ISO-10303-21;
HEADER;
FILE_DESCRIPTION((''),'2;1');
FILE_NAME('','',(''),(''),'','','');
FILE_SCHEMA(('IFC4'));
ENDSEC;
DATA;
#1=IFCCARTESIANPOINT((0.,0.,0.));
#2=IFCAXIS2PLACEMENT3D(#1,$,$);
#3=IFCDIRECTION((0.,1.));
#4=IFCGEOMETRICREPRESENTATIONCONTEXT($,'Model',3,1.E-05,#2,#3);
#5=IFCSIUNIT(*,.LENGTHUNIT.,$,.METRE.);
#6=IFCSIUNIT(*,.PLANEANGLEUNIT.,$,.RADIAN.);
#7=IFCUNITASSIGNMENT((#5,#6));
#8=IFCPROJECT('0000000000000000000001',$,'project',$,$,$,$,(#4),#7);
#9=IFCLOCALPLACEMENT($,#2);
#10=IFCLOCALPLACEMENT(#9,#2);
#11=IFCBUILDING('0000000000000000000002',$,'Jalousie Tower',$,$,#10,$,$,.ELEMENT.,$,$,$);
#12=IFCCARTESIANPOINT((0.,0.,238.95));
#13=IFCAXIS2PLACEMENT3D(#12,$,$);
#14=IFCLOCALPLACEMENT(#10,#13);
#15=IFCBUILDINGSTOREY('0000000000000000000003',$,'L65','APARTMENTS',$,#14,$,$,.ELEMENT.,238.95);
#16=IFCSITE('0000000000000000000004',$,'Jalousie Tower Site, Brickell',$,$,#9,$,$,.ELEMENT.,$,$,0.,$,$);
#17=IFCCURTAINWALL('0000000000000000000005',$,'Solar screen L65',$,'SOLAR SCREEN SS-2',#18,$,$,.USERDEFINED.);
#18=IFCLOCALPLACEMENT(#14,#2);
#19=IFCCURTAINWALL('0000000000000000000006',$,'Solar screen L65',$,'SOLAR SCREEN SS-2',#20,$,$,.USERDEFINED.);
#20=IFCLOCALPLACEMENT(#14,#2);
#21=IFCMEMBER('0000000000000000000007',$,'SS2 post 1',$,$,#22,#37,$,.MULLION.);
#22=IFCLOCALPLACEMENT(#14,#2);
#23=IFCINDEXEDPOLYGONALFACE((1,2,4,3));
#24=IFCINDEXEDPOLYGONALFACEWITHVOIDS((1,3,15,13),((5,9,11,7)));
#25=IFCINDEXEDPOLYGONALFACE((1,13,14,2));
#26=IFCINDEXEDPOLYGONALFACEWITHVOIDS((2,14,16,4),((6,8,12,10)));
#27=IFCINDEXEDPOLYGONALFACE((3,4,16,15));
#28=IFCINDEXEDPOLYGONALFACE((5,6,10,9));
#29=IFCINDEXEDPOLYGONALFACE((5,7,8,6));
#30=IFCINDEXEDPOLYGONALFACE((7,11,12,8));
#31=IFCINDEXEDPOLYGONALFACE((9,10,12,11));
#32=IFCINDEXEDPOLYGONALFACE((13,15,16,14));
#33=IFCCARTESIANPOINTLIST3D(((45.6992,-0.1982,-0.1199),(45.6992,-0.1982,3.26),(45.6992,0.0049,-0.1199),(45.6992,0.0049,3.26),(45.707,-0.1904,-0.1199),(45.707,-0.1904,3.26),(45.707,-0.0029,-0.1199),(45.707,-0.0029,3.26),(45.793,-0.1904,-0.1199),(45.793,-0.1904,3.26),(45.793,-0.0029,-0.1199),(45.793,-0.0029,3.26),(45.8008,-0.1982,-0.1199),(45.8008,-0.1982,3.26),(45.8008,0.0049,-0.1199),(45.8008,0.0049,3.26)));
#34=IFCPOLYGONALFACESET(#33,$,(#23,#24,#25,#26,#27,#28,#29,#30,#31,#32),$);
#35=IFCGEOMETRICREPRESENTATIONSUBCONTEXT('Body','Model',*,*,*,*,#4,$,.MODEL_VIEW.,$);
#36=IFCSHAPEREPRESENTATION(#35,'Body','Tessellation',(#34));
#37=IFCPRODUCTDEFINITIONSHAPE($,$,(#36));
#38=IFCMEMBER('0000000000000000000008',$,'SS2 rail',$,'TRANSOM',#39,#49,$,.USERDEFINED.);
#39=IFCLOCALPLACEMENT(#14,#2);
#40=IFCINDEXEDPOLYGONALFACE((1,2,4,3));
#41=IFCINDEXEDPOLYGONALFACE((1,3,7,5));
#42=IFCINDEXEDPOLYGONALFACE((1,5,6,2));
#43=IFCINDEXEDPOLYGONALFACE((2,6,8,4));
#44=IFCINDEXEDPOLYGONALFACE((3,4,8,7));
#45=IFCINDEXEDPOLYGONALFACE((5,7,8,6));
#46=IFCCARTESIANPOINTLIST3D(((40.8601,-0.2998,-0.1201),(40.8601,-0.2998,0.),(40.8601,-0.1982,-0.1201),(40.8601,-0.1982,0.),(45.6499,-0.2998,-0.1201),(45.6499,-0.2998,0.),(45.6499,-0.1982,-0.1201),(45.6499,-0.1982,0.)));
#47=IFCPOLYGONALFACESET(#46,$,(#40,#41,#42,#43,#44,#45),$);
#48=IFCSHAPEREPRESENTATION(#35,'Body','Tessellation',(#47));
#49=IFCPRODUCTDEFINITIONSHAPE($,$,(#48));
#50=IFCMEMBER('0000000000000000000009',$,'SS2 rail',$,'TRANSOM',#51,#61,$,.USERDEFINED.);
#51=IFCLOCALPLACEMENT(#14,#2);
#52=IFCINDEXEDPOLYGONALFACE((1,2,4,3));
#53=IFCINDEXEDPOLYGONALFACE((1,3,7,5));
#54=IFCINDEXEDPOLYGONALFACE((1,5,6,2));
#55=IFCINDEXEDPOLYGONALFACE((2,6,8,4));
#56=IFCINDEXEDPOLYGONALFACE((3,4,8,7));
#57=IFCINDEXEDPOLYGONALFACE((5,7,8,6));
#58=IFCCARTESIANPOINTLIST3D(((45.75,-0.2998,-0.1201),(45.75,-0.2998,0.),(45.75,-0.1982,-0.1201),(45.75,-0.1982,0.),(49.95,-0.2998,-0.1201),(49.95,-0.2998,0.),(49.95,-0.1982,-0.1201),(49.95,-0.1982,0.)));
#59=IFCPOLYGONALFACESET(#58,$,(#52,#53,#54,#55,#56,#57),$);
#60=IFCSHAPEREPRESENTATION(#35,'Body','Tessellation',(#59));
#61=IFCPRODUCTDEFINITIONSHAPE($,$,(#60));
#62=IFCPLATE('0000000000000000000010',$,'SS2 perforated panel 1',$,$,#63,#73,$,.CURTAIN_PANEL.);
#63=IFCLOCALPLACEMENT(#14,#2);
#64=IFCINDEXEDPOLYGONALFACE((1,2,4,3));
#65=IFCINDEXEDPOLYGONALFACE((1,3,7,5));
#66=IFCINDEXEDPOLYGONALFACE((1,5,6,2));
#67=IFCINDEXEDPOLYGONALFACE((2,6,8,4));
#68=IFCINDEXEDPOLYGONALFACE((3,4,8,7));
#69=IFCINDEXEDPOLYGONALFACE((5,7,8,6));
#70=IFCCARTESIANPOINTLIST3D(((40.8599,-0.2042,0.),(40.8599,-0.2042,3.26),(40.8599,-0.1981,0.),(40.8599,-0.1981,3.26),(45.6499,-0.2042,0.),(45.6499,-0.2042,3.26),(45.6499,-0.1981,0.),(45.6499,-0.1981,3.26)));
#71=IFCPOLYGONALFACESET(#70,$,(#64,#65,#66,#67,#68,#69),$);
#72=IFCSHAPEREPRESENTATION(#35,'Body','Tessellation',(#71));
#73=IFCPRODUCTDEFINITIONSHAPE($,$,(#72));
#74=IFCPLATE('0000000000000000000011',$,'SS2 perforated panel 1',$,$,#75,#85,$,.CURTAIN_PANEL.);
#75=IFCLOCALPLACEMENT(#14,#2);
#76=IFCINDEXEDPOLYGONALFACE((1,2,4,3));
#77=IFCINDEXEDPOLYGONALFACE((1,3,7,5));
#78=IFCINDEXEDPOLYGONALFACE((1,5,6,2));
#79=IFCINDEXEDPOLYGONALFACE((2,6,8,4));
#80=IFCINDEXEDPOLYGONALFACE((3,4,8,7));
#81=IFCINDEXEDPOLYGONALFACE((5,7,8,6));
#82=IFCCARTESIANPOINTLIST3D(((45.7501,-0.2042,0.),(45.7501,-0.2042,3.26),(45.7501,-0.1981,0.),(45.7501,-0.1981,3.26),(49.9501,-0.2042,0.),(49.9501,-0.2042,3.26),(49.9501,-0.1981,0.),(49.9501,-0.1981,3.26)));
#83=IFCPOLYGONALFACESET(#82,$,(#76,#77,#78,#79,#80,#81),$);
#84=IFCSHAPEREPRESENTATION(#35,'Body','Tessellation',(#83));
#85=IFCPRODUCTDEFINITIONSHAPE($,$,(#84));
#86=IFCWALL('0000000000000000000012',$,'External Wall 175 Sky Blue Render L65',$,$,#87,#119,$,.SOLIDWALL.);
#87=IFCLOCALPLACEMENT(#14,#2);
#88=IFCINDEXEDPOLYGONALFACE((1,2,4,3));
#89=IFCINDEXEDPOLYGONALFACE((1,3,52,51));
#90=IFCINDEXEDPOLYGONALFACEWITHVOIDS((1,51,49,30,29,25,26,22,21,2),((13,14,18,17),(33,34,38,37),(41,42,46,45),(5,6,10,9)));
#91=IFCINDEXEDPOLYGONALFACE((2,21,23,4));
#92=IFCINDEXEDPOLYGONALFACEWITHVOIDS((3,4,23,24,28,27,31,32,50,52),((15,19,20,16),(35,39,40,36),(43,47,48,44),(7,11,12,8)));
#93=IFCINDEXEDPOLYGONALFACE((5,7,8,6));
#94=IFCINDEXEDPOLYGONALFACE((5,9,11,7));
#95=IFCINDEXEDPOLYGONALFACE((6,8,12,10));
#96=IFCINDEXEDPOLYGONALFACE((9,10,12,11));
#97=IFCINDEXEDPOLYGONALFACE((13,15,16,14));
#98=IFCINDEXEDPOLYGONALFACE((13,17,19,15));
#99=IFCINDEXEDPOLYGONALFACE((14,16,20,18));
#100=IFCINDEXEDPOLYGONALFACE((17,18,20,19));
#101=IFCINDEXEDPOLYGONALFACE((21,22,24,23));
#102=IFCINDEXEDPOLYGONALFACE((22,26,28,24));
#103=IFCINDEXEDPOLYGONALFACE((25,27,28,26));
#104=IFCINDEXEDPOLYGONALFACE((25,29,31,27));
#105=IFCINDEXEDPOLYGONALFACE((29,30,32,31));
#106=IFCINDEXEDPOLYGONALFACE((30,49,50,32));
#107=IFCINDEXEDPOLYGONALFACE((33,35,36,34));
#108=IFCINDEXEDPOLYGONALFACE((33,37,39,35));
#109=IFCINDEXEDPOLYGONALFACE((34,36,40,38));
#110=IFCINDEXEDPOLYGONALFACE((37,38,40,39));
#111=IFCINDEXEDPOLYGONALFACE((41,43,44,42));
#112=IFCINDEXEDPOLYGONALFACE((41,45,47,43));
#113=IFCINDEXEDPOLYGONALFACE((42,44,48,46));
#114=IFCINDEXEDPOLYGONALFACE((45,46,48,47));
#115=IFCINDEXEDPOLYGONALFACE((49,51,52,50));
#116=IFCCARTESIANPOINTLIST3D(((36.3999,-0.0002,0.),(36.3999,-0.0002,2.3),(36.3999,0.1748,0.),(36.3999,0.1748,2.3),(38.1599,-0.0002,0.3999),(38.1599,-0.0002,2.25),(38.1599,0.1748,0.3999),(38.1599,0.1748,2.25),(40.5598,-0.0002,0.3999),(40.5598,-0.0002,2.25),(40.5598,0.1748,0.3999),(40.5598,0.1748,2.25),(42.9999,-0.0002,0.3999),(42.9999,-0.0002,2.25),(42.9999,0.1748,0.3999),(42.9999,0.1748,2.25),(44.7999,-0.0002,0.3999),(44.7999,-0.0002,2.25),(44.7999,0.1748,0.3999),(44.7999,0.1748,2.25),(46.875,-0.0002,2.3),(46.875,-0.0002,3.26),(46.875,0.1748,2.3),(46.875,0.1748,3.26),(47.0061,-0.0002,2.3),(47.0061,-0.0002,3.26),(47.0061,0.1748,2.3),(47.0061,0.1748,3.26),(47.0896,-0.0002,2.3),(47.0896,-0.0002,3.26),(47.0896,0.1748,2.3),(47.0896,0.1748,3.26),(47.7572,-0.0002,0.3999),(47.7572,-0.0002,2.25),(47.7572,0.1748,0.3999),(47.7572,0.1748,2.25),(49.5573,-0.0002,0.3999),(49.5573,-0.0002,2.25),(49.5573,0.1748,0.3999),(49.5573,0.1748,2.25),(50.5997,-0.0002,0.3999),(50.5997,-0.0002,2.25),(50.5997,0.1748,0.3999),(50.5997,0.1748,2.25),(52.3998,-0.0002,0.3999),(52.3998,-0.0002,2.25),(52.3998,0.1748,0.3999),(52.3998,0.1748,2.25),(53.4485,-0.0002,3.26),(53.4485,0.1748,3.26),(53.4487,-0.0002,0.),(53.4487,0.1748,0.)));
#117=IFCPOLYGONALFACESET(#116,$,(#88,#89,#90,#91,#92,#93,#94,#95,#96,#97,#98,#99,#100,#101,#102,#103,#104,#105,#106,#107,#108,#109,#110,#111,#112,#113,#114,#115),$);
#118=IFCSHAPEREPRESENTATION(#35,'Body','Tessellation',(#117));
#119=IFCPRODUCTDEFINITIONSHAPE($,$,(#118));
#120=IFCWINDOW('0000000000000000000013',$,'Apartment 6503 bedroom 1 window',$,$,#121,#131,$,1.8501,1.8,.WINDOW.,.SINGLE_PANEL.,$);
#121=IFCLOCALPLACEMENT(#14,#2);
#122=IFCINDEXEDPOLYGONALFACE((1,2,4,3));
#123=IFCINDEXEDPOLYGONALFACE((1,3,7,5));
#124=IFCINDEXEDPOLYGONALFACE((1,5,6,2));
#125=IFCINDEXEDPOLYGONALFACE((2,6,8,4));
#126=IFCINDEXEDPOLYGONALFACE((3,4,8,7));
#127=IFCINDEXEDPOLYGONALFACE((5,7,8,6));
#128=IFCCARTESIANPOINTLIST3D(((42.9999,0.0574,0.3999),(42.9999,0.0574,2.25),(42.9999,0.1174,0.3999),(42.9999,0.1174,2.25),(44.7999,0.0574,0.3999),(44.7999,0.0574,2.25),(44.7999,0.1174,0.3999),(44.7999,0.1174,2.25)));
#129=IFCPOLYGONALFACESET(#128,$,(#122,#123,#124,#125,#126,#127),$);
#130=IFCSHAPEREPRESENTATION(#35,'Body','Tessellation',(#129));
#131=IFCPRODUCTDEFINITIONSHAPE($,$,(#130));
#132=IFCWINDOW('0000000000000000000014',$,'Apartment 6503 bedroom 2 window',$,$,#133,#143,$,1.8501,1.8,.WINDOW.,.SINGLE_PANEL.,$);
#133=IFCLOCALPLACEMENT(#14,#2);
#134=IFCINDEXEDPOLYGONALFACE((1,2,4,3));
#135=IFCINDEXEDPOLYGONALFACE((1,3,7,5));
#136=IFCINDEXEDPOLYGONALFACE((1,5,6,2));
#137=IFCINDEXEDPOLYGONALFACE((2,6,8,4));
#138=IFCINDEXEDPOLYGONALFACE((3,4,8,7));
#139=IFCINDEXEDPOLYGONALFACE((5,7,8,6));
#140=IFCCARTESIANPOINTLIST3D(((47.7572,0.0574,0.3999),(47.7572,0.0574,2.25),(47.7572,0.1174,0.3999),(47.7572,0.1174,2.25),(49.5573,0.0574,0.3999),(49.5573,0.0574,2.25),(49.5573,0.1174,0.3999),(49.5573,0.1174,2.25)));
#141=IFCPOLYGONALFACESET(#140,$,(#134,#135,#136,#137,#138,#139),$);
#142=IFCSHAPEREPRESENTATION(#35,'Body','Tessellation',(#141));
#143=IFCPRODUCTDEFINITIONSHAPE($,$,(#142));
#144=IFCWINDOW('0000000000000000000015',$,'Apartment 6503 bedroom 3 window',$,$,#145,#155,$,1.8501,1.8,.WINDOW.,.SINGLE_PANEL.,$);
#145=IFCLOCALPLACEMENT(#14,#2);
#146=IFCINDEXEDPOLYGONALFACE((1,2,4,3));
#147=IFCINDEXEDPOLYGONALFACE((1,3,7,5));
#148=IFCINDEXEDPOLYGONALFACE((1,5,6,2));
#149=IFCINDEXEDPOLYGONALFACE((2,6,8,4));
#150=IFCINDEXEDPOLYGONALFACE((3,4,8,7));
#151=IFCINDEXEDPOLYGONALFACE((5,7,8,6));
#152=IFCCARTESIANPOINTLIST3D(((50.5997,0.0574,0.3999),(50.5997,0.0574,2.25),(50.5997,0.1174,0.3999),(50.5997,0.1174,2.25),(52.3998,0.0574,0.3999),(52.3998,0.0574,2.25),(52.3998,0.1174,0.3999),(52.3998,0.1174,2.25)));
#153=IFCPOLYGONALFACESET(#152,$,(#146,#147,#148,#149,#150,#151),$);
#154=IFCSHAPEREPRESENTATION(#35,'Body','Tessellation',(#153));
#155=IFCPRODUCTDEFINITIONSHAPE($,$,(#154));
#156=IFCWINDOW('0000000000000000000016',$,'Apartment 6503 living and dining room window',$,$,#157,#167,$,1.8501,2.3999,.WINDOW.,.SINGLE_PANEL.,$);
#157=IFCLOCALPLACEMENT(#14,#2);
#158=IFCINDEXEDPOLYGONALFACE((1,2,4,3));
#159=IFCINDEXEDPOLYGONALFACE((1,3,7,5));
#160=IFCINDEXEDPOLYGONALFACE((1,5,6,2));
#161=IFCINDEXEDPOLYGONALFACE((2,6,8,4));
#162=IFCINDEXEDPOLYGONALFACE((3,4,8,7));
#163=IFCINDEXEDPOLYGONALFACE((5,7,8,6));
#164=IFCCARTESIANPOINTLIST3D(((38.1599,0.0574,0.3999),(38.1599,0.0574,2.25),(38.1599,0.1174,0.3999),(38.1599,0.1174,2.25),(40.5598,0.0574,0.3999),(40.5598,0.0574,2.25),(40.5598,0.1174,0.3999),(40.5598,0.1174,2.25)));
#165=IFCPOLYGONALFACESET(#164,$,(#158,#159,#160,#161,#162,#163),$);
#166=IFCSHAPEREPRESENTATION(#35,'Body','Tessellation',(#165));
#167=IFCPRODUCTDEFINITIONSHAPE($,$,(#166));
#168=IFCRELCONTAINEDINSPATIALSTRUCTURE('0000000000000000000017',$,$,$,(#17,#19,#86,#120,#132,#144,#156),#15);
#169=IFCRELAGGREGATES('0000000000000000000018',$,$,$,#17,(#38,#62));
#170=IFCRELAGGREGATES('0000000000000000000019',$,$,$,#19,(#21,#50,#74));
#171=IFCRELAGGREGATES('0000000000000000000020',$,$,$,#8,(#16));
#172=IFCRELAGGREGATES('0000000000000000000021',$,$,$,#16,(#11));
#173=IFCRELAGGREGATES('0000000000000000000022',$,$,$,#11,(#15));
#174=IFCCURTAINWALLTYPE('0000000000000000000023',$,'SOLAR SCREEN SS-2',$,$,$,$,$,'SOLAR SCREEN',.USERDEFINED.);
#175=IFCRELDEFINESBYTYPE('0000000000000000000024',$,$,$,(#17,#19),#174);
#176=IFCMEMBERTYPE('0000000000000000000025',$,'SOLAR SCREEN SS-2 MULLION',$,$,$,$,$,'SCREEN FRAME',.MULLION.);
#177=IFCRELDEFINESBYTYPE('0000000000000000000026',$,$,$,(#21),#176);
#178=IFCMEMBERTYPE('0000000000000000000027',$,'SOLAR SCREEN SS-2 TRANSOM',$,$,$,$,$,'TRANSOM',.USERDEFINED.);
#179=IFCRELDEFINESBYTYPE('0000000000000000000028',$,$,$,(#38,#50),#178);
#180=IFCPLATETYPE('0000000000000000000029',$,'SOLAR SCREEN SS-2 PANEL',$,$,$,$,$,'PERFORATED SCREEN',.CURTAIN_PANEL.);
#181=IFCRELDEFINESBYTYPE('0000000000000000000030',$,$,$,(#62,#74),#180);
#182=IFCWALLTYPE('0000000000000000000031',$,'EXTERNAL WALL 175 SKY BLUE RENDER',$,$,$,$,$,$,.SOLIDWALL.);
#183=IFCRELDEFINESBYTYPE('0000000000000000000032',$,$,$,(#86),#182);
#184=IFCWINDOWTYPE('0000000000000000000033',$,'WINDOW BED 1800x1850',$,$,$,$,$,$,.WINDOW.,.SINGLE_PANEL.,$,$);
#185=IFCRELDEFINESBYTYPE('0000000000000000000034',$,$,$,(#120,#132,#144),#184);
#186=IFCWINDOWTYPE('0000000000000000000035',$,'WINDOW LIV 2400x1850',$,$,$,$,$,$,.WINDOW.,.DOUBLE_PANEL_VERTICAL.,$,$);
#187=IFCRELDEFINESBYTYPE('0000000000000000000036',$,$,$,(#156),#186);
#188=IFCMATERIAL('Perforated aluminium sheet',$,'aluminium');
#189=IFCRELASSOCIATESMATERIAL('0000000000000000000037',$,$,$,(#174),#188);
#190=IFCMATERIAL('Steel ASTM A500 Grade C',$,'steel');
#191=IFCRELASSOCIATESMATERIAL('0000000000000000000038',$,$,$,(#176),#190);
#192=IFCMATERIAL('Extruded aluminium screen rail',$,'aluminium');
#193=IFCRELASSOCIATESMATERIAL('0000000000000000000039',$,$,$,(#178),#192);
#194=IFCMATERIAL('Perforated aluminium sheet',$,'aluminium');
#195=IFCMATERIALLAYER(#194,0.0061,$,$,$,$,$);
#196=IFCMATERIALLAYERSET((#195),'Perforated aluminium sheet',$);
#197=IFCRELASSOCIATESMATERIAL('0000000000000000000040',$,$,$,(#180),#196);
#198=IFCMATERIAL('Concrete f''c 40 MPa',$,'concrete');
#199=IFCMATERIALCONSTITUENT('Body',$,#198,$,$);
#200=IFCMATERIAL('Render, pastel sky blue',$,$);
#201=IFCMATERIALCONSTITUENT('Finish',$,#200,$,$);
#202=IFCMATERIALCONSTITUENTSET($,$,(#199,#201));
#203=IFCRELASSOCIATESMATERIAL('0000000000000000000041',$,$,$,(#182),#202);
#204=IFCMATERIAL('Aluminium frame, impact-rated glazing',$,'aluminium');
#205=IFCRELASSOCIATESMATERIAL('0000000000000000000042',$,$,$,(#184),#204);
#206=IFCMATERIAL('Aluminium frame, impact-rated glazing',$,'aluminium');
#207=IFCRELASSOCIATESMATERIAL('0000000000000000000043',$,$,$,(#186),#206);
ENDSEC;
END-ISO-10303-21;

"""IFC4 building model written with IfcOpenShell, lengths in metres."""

from ifc_helpers import new_model, si_unit, direction, frame, frame_2d, origin, origin_2d, place, context, subcontext, project, spatial, polyline, rectangle, hollow_rectangle, outline, extrude, material, layer, layer_set, constituent, constituent_set, material_profile, profile_set, type_object, element, fill, aggregate, save


model = new_model("IFC4")

# Units and contexts
model_context = context("Model", 3, precision=1e-05, world=origin(), true_north=direction((0.0, 1.0)))
body_context = subcontext(model_context, "Body", "Model", "MODEL_VIEW")
ifc_project = project(units=[si_unit("LENGTHUNIT", "METRE"), si_unit("PLANEANGLEUNIT", "RADIAN")], contexts=[model_context])

# Site, building, storey
site_placement = place(None, origin())
site = spatial("IfcSite", under=ifc_project, at=site_placement, Name="Jalousie Tower Site, Brickell", CompositionType="ELEMENT", RefElevation=0.0)
building_placement = place(site_placement, origin())
building = spatial("IfcBuilding", under=site, at=building_placement, Name="Jalousie Tower", CompositionType="ELEMENT")
storey_placement = place(building_placement, frame((0.0, 0.0, 238.95)))
storey = spatial("IfcBuildingStorey", under=building, at=storey_placement, Name="L65", Description="APARTMENTS", CompositionType="ELEMENT", Elevation=238.95)

# Curtain wall
ifc_material_1 = material(Name="Perforated aluminium sheet", Category="aluminium")
curtain_wall_type = type_object("IfcCurtainWallType", Name="SOLAR SCREEN SS-2", ElementType="SOLAR SCREEN", PredefinedType="USERDEFINED", material=ifc_material_1)
curtain_wall_1_placement = place(storey_placement, origin())
curtain_wall_1 = element("IfcCurtainWall", 1, at=curtain_wall_1_placement, inside=storey, type_object=curtain_wall_type, Name="Solar screen L65", ObjectType="SOLAR SCREEN SS-2", PredefinedType="USERDEFINED")
ifc_material_2 = material(Name="Steel ASTM A500 Grade C", Category="steel")
ifc_material_profile_1 = material_profile(ifc_material_2, hollow_rectangle(XDim=0.1016, YDim=0.2031, WallThickness=0.0078, at=origin_2d()), Name="HSS8X4X5/16")
ifc_profile_set_1 = profile_set([ifc_material_profile_1], Name="Steel ASTM A500 Grade C")
member_type_1 = type_object("IfcMemberType", Name="SOLAR SCREEN SS-2 MULLION", ElementType="SCREEN FRAME", PredefinedType="MULLION", material=ifc_profile_set_1)

# Curtain wall, member
curtain_wall_2_placement = place(storey_placement, origin())
curtain_wall_2 = element("IfcCurtainWall", 2, at=curtain_wall_2_placement, inside=storey, type_object=curtain_wall_type, Name="Solar screen L65", ObjectType="SOLAR SCREEN SS-2", PredefinedType="USERDEFINED")
member_1_placement = place(storey_placement, frame((45.75, -0.0967, -0.1199), z_axis=(0.0, 0.0, 1.0), x_axis=(1.0, 0.0, 0.0)))
member_1 = element("IfcMember", 3, at=member_1_placement, type_object=member_type_1, Name="SS2 post 1", PredefinedType="MULLION", context=body_context, shape_type="SweptSolid", body=[
    extrude(hollow_rectangle(XDim=0.1016, YDim=0.2031, WallThickness=0.0078, at=origin_2d()), origin(), (0.0, 0.0, 1.0), 3.3799),
])

# Members
ifc_material_3 = material(Name="Extruded aluminium screen rail", Category="aluminium")
ifc_material_profile_2 = material_profile(ifc_material_3, rectangle(XDim=0.1016, YDim=0.1201, at=origin_2d()), Name="RAIL 102x120")
ifc_profile_set_2 = profile_set([ifc_material_profile_2], Name="Extruded aluminium screen rail")
member_type_2 = type_object("IfcMemberType", Name="SOLAR SCREEN SS-2 TRANSOM", ElementType="TRANSOM", PredefinedType="USERDEFINED", material=ifc_profile_set_2)
member_2_placement = place(storey_placement, frame((40.8601, -0.249, -0.0601), z_axis=(1.0, 0.0, 0.0), x_axis=(0.0, 1.0, 0.0)))
member_2 = element("IfcMember", 4, at=member_2_placement, type_object=member_type_2, Name="SS2 rail", ObjectType="TRANSOM", PredefinedType="USERDEFINED", context=body_context, shape_type="SweptSolid", body=[
    extrude(rectangle(XDim=0.1016, YDim=0.1201, at=origin_2d()), origin(), (0.0, 0.0, 1.0), 4.7898),
])
member_3_placement = place(storey_placement, frame((45.75, -0.249, -0.0601), z_axis=(1.0, 0.0, 0.0), x_axis=(0.0, 1.0, 0.0)))
member_3 = element("IfcMember", 5, at=member_3_placement, type_object=member_type_2, Name="SS2 rail", ObjectType="TRANSOM", PredefinedType="USERDEFINED", context=body_context, shape_type="SweptSolid", body=[
    extrude(rectangle(XDim=0.1016, YDim=0.1201, at=origin_2d()), origin(), (0.0, 0.0, 1.0), 4.2),
])

# Plates
ifc_material_4 = material(Name="Perforated aluminium sheet", Category="aluminium")
ifc_layer = layer(ifc_material_4, 0.0061)
ifc_layer_set = layer_set([ifc_layer], Name="Perforated aluminium sheet")
plate_type = type_object("IfcPlateType", Name="SOLAR SCREEN SS-2 PANEL", ElementType="PERFORATED SCREEN", PredefinedType="CURTAIN_PANEL", material=ifc_layer_set)
plate_1_placement = place(storey_placement, frame((43.2549, -0.2012, 0.0), z_axis=(0.0, 0.0, 1.0), x_axis=(1.0, 0.0, 0.0)))
plate_1 = element("IfcPlate", 6, at=plate_1_placement, type_object=plate_type, Name="SS2 perforated panel 1", PredefinedType="CURTAIN_PANEL", context=body_context, shape_type="SweptSolid", body=[
    extrude(rectangle(XDim=4.79, YDim=0.0061, at=origin_2d()), origin(), (0.0, 0.0, 1.0), 3.26),
])
aggregate(curtain_wall_1, [member_2, plate_1])
plate_2_placement = place(storey_placement, frame((47.8501, -0.2012, 0.0), z_axis=(0.0, 0.0, 1.0), x_axis=(1.0, 0.0, 0.0)))
plate_2 = element("IfcPlate", 7, at=plate_2_placement, type_object=plate_type, Name="SS2 perforated panel 1", PredefinedType="CURTAIN_PANEL", context=body_context, shape_type="SweptSolid", body=[
    extrude(rectangle(XDim=4.2, YDim=0.0061, at=origin_2d()), origin(), (0.0, 0.0, 1.0), 3.26),
])
aggregate(curtain_wall_2, [member_1, member_3, plate_2])

# Wall, openings, windows
ifc_material_5 = material(Name="Concrete f'c 40 MPa", Category="concrete")
ifc_constituent_1 = constituent(ifc_material_5, Name="Body")
ifc_material_6 = material(Name="Render, pastel sky blue")
ifc_constituent_2 = constituent(ifc_material_6, Name="Finish")
ifc_constituent_set_1 = constituent_set(constituents=[ifc_constituent_1, ifc_constituent_2])
wall_type_1 = type_object("IfcWallType", Name="EXTERNAL WALL 175 SKY BLUE RENDER", PredefinedType="SOLIDWALL", material=ifc_constituent_set_1)
wall_1_placement = place(storey_placement, frame((36.3999, 0.0874, 0.0), z_axis=(0.0, 0.0, 1.0), x_axis=(1.0, 0.0, 0.0)))
wall_1 = element("IfcWall", 8, at=wall_1_placement, inside=storey, type_object=wall_type_1, Name="External Wall 175 Sky Blue Render L65", PredefinedType="SOLIDWALL", context=body_context, shape_type="SweptSolid", body=[
    extrude(outline(polyline([(0.0, 0.0), (17.0488, 0.0), (17.0486, 3.26), (10.6897, 3.26), (10.6897, 2.3), (10.6062, 2.3), (10.6062, 3.26), (10.4751, 3.26), (10.4751, 2.3), (0.0, 2.3), (0.0, 0.0)])), frame((0.0, 0.0874, 0.0), z_axis=(0.0, -1.0, 0.0), x_axis=(1.0, 0.0, 0.0)), (0.0, 0.0, 1.0), 0.175),
])
opening_1_placement = place(wall_1_placement, frame((1.76, 0.0, 0.3999)))
opening_1 = element("IfcOpeningElement", 9, at=opening_1_placement, cuts=wall_1, PredefinedType="OPENING", context=body_context, shape_type="SweptSolid", body=[
    extrude(rectangle(XDim=2.3999, YDim=1.8501, at=frame_2d((1.2, 0.925))), frame((0.0, 0.0974, 0.0), z_axis=(0.0, -1.0, 0.0), x_axis=(1.0, 0.0, 0.0)), (0.0, 0.0, 1.0), 0.1951),
])
opening_2_placement = place(wall_1_placement, frame((6.6001, 0.0, 0.3999)))
opening_2 = element("IfcOpeningElement", 10, at=opening_2_placement, cuts=wall_1, PredefinedType="OPENING", context=body_context, shape_type="SweptSolid", body=[
    extrude(rectangle(XDim=1.8, YDim=1.8501, at=frame_2d((0.8999, 0.925))), frame((0.0, 0.0974, 0.0), z_axis=(0.0, -1.0, 0.0), x_axis=(1.0, 0.0, 0.0)), (0.0, 0.0, 1.0), 0.1951),
])
opening_3_placement = place(wall_1_placement, frame((11.3574, 0.0, 0.3999)))
opening_3 = element("IfcOpeningElement", 11, at=opening_3_placement, cuts=wall_1, PredefinedType="OPENING", context=body_context, shape_type="SweptSolid", body=[
    extrude(rectangle(XDim=1.8, YDim=1.8501, at=frame_2d((0.8999, 0.925))), frame((0.0, 0.0974, 0.0), z_axis=(0.0, -1.0, 0.0), x_axis=(1.0, 0.0, 0.0)), (0.0, 0.0, 1.0), 0.1951),
])
opening_4_placement = place(wall_1_placement, frame((14.2, 0.0, 0.3999)))
opening_4 = element("IfcOpeningElement", 12, at=opening_4_placement, cuts=wall_1, PredefinedType="OPENING", context=body_context, shape_type="SweptSolid", body=[
    extrude(rectangle(XDim=1.8, YDim=1.8501, at=frame_2d((0.8999, 0.925))), frame((0.0, 0.0974, 0.0), z_axis=(0.0, -1.0, 0.0), x_axis=(1.0, 0.0, 0.0)), (0.0, 0.0, 1.0), 0.1951),
])
ifc_material_7 = material(Name="Aluminium frame, impact-rated glazing", Category="aluminium")
window_type_1 = type_object("IfcWindowType", Name="WINDOW BED 1800x1850", PartitioningType="SINGLE_PANEL", PredefinedType="WINDOW", material=ifc_material_7)
window_1_placement = place(opening_2_placement, origin())
window_1 = element("IfcWindow", 13, at=window_1_placement, inside=storey, type_object=window_type_1, Name="Apartment 6503 bedroom 1 window", OverallHeight=1.8501, OverallWidth=1.8, PartitioningType="SINGLE_PANEL", PredefinedType="WINDOW", context=body_context, shape_type="SweptSolid", body=[
    extrude(rectangle(XDim=1.8, YDim=1.8501, at=frame_2d((0.8999, 0.925))), frame((0.0, 0.03, 0.0), z_axis=(0.0, -1.0, 0.0), x_axis=(1.0, 0.0, 0.0)), (0.0, 0.0, 1.0), 0.0601),
])
fill(opening_2, window_1)
window_2_placement = place(opening_3_placement, origin())
window_2 = element("IfcWindow", 14, at=window_2_placement, inside=storey, type_object=window_type_1, Name="Apartment 6503 bedroom 2 window", OverallHeight=1.8501, OverallWidth=1.8, PartitioningType="SINGLE_PANEL", PredefinedType="WINDOW", context=body_context, shape_type="SweptSolid", body=[
    extrude(rectangle(XDim=1.8, YDim=1.8501, at=frame_2d((0.8999, 0.925))), frame((0.0, 0.03, 0.0), z_axis=(0.0, -1.0, 0.0), x_axis=(1.0, 0.0, 0.0)), (0.0, 0.0, 1.0), 0.0601),
])
fill(opening_3, window_2)
window_3_placement = place(opening_4_placement, origin())
window_3 = element("IfcWindow", 15, at=window_3_placement, inside=storey, type_object=window_type_1, Name="Apartment 6503 bedroom 3 window", OverallHeight=1.8501, OverallWidth=1.8, PartitioningType="SINGLE_PANEL", PredefinedType="WINDOW", context=body_context, shape_type="SweptSolid", body=[
    extrude(rectangle(XDim=1.8, YDim=1.8501, at=frame_2d((0.8999, 0.925))), frame((0.0, 0.03, 0.0), z_axis=(0.0, -1.0, 0.0), x_axis=(1.0, 0.0, 0.0)), (0.0, 0.0, 1.0), 0.0601),
])
fill(opening_4, window_3)
ifc_material_8 = material(Name="Aluminium frame, impact-rated glazing", Category="aluminium")
window_type_2 = type_object("IfcWindowType", Name="WINDOW LIV 2400x1850", PartitioningType="DOUBLE_PANEL_VERTICAL", PredefinedType="WINDOW", material=ifc_material_8)
window_4_placement = place(opening_1_placement, origin())
window_4 = element("IfcWindow", 16, at=window_4_placement, inside=storey, type_object=window_type_2, Name="Apartment 6503 living and dining room window", OverallHeight=1.8501, OverallWidth=2.3999, PartitioningType="SINGLE_PANEL", PredefinedType="WINDOW", context=body_context, shape_type="SweptSolid", body=[
    extrude(rectangle(XDim=2.3999, YDim=1.8501, at=frame_2d((1.2, 0.925))), frame((0.0, 0.03, 0.0), z_axis=(0.0, -1.0, 0.0), x_axis=(1.0, 0.0, 0.0)), (0.0, 0.0, 1.0), 0.0601),
])
fill(opening_1, window_4)

save(model, "model.ifc")
